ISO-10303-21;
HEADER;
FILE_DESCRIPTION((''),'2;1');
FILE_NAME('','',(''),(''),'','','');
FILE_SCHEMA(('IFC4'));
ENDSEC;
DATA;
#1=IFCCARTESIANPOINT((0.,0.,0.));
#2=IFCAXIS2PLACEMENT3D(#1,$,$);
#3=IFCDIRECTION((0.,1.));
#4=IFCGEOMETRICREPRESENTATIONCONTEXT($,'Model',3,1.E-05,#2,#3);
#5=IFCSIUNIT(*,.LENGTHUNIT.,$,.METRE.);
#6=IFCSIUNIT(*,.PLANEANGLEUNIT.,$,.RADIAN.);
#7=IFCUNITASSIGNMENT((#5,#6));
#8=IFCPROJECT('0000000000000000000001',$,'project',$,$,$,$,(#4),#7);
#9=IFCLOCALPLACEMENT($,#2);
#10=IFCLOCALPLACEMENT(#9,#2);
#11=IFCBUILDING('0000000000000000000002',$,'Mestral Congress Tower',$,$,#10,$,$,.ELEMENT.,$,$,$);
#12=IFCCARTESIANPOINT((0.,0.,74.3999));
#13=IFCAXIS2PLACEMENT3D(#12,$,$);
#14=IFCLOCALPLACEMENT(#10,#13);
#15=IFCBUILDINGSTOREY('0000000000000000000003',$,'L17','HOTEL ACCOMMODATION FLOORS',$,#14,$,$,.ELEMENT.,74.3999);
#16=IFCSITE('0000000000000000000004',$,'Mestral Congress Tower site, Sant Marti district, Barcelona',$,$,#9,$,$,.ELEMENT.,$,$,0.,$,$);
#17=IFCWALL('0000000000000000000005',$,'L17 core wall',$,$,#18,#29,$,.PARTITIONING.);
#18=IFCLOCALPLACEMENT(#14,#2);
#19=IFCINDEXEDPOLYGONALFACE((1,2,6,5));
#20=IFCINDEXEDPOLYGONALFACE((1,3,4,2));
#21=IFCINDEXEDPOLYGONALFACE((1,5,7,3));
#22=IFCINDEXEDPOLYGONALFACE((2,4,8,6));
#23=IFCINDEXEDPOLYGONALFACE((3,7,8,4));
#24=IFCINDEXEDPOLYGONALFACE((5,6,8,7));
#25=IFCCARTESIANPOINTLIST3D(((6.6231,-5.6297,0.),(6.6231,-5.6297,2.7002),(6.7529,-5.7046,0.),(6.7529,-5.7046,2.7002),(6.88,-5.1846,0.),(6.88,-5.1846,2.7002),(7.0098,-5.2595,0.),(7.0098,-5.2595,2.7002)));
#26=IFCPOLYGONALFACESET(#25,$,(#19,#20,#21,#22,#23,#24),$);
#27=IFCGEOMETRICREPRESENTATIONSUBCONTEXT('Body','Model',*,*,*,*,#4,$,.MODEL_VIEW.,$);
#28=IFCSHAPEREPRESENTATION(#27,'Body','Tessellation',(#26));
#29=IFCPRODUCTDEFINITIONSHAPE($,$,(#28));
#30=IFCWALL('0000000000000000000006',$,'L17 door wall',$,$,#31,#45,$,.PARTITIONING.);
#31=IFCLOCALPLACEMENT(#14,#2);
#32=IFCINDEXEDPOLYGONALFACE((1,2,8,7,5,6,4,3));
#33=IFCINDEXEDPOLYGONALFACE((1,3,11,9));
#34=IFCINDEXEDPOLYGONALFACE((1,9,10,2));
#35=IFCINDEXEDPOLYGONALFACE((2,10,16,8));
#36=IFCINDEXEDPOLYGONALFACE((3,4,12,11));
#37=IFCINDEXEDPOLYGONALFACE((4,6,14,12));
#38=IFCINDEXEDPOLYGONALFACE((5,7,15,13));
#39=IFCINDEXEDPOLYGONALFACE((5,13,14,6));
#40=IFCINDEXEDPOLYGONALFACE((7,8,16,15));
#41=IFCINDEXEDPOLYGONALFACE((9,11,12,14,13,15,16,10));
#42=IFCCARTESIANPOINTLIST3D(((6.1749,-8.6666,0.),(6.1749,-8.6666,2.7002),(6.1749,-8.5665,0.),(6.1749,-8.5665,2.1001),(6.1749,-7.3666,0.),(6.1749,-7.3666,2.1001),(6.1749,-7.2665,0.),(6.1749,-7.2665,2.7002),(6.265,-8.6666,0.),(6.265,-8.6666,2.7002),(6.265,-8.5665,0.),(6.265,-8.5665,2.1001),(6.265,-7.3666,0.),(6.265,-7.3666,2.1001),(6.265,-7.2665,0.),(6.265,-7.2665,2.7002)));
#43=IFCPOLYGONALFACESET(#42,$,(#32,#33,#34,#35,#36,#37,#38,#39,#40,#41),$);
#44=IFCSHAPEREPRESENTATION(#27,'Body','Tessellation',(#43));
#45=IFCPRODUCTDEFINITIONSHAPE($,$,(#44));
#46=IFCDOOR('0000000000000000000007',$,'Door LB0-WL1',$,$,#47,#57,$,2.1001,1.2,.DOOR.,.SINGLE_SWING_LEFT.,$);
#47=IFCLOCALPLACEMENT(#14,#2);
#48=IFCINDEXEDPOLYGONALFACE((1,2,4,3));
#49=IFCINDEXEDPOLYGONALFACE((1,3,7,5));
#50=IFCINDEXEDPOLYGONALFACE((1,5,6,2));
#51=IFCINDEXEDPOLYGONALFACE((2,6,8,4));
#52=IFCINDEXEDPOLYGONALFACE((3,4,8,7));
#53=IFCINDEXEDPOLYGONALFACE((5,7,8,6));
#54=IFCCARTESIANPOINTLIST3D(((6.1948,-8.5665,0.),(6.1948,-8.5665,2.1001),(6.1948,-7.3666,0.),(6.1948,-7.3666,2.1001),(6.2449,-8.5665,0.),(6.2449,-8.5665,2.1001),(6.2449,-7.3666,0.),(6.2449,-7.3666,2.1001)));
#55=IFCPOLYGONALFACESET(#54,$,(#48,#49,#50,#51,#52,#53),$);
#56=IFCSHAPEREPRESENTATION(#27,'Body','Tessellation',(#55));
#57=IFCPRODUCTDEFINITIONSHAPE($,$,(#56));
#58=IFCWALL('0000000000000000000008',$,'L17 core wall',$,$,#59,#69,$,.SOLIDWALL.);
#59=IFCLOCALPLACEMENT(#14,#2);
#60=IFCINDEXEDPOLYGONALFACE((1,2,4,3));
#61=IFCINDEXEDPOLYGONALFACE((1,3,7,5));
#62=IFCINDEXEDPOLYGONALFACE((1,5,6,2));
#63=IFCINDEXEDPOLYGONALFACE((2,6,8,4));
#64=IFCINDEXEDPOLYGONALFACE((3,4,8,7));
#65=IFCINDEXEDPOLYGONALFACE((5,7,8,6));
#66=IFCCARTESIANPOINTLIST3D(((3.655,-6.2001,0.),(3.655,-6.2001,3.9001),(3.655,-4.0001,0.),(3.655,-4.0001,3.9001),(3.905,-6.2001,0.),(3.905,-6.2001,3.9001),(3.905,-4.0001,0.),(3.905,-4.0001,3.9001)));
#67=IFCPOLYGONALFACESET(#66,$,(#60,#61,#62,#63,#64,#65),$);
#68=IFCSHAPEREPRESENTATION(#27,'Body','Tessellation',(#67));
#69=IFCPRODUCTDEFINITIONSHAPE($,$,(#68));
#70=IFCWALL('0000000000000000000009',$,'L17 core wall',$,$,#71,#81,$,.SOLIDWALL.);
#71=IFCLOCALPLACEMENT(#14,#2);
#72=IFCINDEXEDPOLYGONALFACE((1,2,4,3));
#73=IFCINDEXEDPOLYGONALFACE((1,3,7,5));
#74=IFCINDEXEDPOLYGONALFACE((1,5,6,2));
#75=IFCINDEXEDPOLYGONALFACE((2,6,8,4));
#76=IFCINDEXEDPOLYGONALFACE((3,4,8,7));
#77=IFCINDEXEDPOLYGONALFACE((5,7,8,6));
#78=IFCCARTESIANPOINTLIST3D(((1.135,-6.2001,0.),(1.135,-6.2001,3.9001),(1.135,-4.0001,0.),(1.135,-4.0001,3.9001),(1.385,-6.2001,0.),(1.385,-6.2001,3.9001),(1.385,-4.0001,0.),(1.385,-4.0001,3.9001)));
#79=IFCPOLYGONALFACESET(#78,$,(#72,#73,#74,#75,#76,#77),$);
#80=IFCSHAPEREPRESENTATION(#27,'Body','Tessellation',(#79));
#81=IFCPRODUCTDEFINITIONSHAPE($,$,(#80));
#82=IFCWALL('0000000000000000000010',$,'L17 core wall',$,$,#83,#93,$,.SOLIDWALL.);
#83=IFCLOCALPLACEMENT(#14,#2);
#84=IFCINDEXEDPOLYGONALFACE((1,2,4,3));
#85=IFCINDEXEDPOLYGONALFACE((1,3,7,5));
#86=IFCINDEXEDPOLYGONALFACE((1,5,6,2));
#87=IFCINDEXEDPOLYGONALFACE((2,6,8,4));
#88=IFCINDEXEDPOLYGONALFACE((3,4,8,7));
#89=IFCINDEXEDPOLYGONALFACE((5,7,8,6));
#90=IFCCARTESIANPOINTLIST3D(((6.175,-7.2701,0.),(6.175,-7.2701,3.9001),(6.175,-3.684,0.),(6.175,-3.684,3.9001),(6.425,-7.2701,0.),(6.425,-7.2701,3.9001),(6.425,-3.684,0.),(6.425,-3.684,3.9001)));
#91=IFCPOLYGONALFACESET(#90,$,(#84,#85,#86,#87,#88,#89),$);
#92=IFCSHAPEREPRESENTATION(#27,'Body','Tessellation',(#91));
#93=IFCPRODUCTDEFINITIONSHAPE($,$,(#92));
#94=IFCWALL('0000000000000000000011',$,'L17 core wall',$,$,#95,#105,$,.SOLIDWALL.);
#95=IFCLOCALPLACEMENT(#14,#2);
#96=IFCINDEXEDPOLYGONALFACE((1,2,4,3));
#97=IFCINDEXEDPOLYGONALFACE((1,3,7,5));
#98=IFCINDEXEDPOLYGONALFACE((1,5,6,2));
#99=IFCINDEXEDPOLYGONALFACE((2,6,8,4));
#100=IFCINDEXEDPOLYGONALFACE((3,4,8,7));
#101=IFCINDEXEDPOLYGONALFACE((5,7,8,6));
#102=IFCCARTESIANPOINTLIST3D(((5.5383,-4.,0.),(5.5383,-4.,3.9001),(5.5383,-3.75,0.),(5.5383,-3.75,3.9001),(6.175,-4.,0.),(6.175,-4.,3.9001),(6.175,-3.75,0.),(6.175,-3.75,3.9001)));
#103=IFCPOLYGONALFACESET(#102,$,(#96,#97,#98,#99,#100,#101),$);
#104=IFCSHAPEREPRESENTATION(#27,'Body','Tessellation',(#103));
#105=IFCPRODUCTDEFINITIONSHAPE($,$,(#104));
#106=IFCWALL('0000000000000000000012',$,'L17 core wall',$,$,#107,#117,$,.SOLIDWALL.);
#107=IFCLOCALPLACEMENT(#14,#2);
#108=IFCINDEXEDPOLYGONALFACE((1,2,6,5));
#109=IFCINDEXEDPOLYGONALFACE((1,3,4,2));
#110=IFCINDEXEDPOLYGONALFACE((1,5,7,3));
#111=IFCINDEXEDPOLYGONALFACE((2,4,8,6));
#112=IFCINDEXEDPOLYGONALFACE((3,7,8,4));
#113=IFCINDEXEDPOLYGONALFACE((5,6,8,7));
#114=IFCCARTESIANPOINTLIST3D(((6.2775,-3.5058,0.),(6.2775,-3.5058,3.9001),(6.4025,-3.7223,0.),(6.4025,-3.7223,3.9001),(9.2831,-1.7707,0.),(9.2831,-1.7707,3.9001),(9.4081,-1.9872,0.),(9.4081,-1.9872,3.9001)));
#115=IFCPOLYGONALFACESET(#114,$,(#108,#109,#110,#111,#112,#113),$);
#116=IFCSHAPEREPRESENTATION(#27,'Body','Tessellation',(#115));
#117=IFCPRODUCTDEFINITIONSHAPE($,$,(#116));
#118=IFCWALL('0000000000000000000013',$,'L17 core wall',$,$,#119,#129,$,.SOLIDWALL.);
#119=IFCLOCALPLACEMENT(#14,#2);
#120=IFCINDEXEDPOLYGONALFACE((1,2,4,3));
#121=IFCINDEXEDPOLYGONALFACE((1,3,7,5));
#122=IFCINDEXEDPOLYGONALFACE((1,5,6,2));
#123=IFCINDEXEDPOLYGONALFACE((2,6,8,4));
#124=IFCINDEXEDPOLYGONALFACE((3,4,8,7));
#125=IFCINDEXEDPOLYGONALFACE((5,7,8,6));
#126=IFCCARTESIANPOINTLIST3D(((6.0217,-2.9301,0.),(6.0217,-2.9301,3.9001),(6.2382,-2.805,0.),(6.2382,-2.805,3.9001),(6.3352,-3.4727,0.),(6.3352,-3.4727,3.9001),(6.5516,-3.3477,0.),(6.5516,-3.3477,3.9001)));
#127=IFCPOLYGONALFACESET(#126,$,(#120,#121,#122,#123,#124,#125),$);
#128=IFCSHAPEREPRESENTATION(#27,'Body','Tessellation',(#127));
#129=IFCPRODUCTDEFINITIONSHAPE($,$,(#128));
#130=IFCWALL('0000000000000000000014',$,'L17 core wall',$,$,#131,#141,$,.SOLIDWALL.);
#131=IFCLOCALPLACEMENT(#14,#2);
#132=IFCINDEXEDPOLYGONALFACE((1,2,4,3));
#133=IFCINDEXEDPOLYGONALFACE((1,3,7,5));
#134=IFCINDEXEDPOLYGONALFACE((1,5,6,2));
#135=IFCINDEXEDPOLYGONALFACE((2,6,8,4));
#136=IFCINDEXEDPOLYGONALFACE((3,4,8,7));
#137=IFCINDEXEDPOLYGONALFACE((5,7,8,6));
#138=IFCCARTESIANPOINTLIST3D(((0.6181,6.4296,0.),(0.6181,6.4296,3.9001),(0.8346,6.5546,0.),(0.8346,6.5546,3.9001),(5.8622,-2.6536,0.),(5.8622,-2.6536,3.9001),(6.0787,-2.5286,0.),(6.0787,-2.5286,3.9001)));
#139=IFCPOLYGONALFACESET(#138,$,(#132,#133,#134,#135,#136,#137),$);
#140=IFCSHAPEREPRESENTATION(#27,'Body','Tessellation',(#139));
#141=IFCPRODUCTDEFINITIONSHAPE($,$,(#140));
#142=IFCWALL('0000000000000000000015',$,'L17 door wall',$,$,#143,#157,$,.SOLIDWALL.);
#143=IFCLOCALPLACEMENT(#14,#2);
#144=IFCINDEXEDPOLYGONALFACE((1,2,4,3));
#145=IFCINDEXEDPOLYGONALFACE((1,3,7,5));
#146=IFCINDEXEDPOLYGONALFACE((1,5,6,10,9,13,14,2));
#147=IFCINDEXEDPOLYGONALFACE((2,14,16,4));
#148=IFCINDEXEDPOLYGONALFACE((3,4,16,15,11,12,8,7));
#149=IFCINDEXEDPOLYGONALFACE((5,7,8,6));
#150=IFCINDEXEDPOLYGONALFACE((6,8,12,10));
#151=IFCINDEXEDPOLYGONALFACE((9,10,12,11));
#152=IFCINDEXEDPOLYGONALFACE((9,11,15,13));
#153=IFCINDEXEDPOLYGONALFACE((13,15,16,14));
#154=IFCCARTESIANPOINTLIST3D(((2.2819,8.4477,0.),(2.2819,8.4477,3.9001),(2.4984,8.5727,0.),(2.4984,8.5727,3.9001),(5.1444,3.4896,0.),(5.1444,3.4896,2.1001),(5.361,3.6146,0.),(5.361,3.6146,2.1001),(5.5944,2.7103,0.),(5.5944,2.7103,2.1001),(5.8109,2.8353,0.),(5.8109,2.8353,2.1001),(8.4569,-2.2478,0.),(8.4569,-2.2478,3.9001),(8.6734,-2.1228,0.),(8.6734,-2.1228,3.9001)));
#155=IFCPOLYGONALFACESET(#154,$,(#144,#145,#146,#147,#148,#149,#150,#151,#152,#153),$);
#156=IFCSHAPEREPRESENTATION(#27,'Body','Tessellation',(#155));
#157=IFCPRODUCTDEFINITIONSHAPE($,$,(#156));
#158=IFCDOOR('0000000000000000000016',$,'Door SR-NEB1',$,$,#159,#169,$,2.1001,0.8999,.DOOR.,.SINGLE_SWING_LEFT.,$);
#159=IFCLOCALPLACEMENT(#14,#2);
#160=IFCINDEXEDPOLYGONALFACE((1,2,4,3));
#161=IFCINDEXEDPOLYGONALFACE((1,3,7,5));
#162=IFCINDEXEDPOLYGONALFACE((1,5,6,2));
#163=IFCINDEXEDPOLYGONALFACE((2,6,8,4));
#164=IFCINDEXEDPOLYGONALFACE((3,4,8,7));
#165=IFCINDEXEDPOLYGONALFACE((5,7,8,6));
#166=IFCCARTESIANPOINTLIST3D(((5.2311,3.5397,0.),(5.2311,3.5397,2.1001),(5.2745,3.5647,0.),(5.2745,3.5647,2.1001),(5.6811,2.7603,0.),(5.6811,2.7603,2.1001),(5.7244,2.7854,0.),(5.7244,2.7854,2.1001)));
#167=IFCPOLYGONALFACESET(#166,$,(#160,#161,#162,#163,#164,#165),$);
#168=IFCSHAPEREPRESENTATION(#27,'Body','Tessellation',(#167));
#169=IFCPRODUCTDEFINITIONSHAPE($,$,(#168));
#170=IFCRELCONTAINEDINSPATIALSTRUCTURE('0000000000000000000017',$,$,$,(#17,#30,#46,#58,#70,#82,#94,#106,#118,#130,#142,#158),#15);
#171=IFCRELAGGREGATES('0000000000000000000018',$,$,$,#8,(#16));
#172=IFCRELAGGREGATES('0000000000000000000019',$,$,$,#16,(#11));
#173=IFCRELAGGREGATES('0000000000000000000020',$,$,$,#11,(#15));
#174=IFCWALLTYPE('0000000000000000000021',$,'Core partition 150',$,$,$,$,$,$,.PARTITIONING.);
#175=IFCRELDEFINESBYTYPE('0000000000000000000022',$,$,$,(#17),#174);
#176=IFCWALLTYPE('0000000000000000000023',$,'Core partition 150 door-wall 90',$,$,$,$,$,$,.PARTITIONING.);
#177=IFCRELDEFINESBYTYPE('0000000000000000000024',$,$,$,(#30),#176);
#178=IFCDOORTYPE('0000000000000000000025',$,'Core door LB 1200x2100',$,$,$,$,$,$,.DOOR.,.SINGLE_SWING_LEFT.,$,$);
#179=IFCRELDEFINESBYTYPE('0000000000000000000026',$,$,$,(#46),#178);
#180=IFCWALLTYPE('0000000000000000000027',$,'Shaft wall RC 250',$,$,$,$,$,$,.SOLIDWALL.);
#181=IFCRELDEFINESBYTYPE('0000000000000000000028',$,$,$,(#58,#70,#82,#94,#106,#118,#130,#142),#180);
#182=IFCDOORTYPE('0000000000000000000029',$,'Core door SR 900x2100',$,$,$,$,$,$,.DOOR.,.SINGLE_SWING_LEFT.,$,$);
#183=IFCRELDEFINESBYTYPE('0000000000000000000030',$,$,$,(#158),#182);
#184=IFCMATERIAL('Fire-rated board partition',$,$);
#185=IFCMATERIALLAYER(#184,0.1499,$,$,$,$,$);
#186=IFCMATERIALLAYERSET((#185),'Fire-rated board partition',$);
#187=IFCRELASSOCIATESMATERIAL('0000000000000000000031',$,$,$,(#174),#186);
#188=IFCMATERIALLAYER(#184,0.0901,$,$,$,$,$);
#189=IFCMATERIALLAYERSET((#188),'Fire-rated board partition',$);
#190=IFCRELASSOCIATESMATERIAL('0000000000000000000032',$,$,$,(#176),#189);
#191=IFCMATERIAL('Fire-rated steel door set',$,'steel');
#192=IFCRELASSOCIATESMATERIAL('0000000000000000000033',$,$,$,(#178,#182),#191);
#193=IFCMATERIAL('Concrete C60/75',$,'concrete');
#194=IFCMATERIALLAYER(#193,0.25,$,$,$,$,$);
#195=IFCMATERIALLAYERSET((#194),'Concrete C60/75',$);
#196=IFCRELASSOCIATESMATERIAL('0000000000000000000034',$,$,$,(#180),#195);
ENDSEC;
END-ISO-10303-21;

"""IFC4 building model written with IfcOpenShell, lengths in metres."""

from ifc_helpers import new_model, si_unit, direction, frame, frame_2d, origin, place, context, subcontext, project, spatial, rectangle, extrude, material, layer, layer_set, type_object, element, fill, save


model = new_model("IFC4")

# Units and contexts
model_context = context("Model", 3, precision=1e-05, world=origin(), true_north=direction((0.0, 1.0)))
body_context = subcontext(model_context, "Body", "Model", "MODEL_VIEW")
ifc_project = project(units=[si_unit("LENGTHUNIT", "METRE"), si_unit("PLANEANGLEUNIT", "RADIAN")], contexts=[model_context])

# Site, building, storey
site_placement = place(None, origin())
site = spatial("IfcSite", under=ifc_project, at=site_placement, Name="Mestral Congress Tower site, Sant Marti district, Barcelona", CompositionType="ELEMENT", RefElevation=0.0)
building_placement = place(site_placement, origin())
building = spatial("IfcBuilding", under=site, at=building_placement, Name="Mestral Congress Tower", CompositionType="ELEMENT")
storey_placement = place(building_placement, frame((0.0, 0.0, 74.3999)))
storey = spatial("IfcBuildingStorey", under=building, at=storey_placement, Name="L17", Description="HOTEL ACCOMMODATION FLOORS", CompositionType="ELEMENT", Elevation=74.3999)

# Wall
ifc_material_1 = material(Name="Fire-rated board partition")
ifc_layer_1 = layer(ifc_material_1, 0.1499)
ifc_layer_set_1 = layer_set([ifc_layer_1], Name="Fire-rated board partition")
wall_type_1 = type_object("IfcWallType", Name="Core partition 150", PredefinedType="PARTITIONING", material=ifc_layer_set_1)
wall_1_placement = place(storey_placement, frame((6.9448, -5.2222, 0.0), z_axis=(0.0, 0.0, 1.0), x_axis=(-0.499818, -0.86613, 0.0)))
element("IfcWall", 1, at=wall_1_placement, inside=storey, type_object=wall_type_1, Name="L17 core wall", PredefinedType="PARTITIONING", context=body_context, shape_type="SweptSolid", body=[
    extrude(rectangle(XDim=0.5139, YDim=0.1499, at=frame_2d((0.2568, 0.0))), origin(), (0.0, 0.0, 1.0), 2.7002),
])

# Wall, opening, door
ifc_layer_2 = layer(ifc_material_1, 0.0901)
ifc_layer_set_2 = layer_set([ifc_layer_2], Name="Fire-rated board partition")
wall_type_2 = type_object("IfcWallType", Name="Core partition 150 door-wall 90", PredefinedType="PARTITIONING", material=ifc_layer_set_2)
wall_2_placement = place(storey_placement, frame((6.22, -7.2664, 0.0), z_axis=(0.0, 0.0, 1.0), x_axis=(0.0, -1.0, 0.0)))
wall_2 = element("IfcWall", 2, at=wall_2_placement, inside=storey, type_object=wall_type_2, Name="L17 door wall", PredefinedType="PARTITIONING", context=body_context, shape_type="SweptSolid", body=[
    extrude(rectangle(XDim=1.4001, YDim=0.0901, at=frame_2d((0.7002, 0.0))), origin(), (0.0, 0.0, 1.0), 2.7002),
])
opening_1_placement = place(wall_2_placement, frame((0.1001, 0.0, 0.0)))
opening_1 = element("IfcOpeningElement", 3, at=opening_1_placement, cuts=wall_2, PredefinedType="OPENING", context=body_context, shape_type="SweptSolid", body=[
    extrude(rectangle(XDim=1.2, YDim=2.1001, at=frame_2d((0.6001, 1.05))), frame((0.0, 0.0549, 0.0), z_axis=(0.0, -1.0, 0.0), x_axis=(1.0, 0.0, 0.0)), (0.0, 0.0, 1.0), 0.1101),
])
ifc_material_2 = material(Name="Fire-rated steel door set", Category="steel")
door_type_1 = type_object("IfcDoorType", Name="Core door LB 1200x2100", OperationType="SINGLE_SWING_LEFT", PredefinedType="DOOR", material=ifc_material_2)
door_1_placement = place(opening_1_placement, origin())
door_1 = element("IfcDoor", 4, at=door_1_placement, inside=storey, type_object=door_type_1, Name="Door LB0-WL1", OperationType="SINGLE_SWING_LEFT", OverallHeight=2.1001, OverallWidth=1.2, PredefinedType="DOOR", context=body_context, shape_type="SweptSolid", body=[
    extrude(rectangle(XDim=1.2, YDim=2.1001, at=frame_2d((0.6001, 1.05))), frame((0.0, 0.0249, 0.0), z_axis=(0.0, -1.0, 0.0), x_axis=(1.0, 0.0, 0.0)), (0.0, 0.0, 1.0), 0.05),
])
fill(opening_1, door_1)

# Walls
ifc_material_3 = material(Name="Concrete C60/75", Category="concrete")
ifc_layer_3 = layer(ifc_material_3, 0.25)
ifc_layer_set_3 = layer_set([ifc_layer_3], Name="Concrete C60/75")
wall_type_3 = type_object("IfcWallType", Name="Shaft wall RC 250", PredefinedType="SOLIDWALL", material=ifc_layer_set_3)
for number, where, z_axis, x_axis, name in (
    (5, (3.78, -4.0, 0.0), (0.0, 0.0, 1.0), (0.0, -1.0, 0.0), "L17 core wall"),
    (6, (1.26, -4.0, 0.0), (0.0, 0.0, 1.0), (0.0, -1.0, 0.0), "L17 core wall"),
):
    element("IfcWall", number, at=place(storey_placement, frame(where, z_axis=z_axis, x_axis=x_axis)), inside=storey, type_object=wall_type_3, Name=name, PredefinedType="SOLIDWALL", context=body_context, shape_type="SweptSolid", body=[
        extrude(rectangle(XDim=2.2, YDim=0.25, at=frame_2d((1.1001, 0.0))), origin(), (0.0, 0.0, 1.0), 3.9001),
    ])
wall_3_placement = place(storey_placement, frame((6.3, -7.27, 0.0), z_axis=(0.0, 0.0, 1.0), x_axis=(0.0, 1.0, 0.0)))
element("IfcWall", 7, at=wall_3_placement, inside=storey, type_object=wall_type_3, Name="L17 core wall", PredefinedType="SOLIDWALL", context=body_context, shape_type="SweptSolid", body=[
    extrude(rectangle(XDim=3.5862, YDim=0.25, at=frame_2d((1.793, 0.0))), origin(), (0.0, 0.0, 1.0), 3.9001),
])
wall_4_placement = place(storey_placement, frame((5.5383, -3.875, 0.0), z_axis=(0.0, 0.0, 1.0), x_axis=(1.0, 0.0, 0.0)))
element("IfcWall", 8, at=wall_4_placement, inside=storey, type_object=wall_type_3, Name="L17 core wall", PredefinedType="SOLIDWALL", context=body_context, shape_type="SweptSolid", body=[
    extrude(rectangle(XDim=0.6367, YDim=0.25, at=frame_2d((0.3184, 0.0))), origin(), (0.0, 0.0, 1.0), 3.9001),
])
wall_5_placement = place(storey_placement, frame((9.3457, -1.8789, 0.0), z_axis=(0.0, 0.0, 1.0), x_axis=(-0.866049, -0.49996, 0.0)))
element("IfcWall", 9, at=wall_5_placement, inside=storey, type_object=wall_type_3, Name="L17 core wall", PredefinedType="SOLIDWALL", context=body_context, shape_type="SweptSolid", body=[
    extrude(rectangle(XDim=3.4705, YDim=0.25, at=frame_2d((1.7354, 0.0))), origin(), (0.0, 0.0, 1.0), 3.9001),
])
wall_6_placement = place(storey_placement, frame((6.1299, -2.8674, 0.0), z_axis=(0.0, 0.0, 1.0), x_axis=(0.500161, -0.865933, 0.0)))
element("IfcWall", 10, at=wall_6_placement, inside=storey, type_object=wall_type_3, Name="L17 core wall", PredefinedType="SOLIDWALL", context=body_context, shape_type="SweptSolid", body=[
    extrude(rectangle(XDim=0.6267, YDim=0.25, at=frame_2d((0.3135, 0.0))), origin(), (0.0, 0.0, 1.0), 3.9001),
])
wall_7_placement = place(storey_placement, frame((5.9705, -2.5911, 0.0), z_axis=(0.0, 0.0, 1.0), x_axis=(-0.499994, 0.866029, 0.0)))
element("IfcWall", 11, at=wall_7_placement, inside=storey, type_object=wall_type_3, Name="L17 core wall", PredefinedType="SOLIDWALL", context=body_context, shape_type="SweptSolid", body=[
    extrude(rectangle(XDim=10.4883, YDim=0.25, at=frame_2d((5.2441, 0.0))), origin(), (0.0, 0.0, 1.0), 3.9001),
])

# Wall, opening, door
wall_8_placement = place(storey_placement, frame((8.5652, -2.1853, 0.0), z_axis=(0.0, 0.0, 1.0), x_axis=(-0.499998, 0.866027, 0.0)))
wall_8 = element("IfcWall", 12, at=wall_8_placement, inside=storey, type_object=wall_type_3, Name="L17 door wall", PredefinedType="SOLIDWALL", context=body_context, shape_type="SweptSolid", body=[
    extrude(rectangle(XDim=12.3501, YDim=0.25, at=frame_2d((6.175, 0.0))), origin(), (0.0, 0.0, 1.0), 3.9001),
])
opening_2_placement = place(wall_8_placement, frame((5.7251, 0.0, 0.0)))
opening_2 = element("IfcOpeningElement", 13, at=opening_2_placement, cuts=wall_8, PredefinedType="OPENING", context=body_context, shape_type="SweptSolid", body=[
    extrude(rectangle(XDim=0.8999, YDim=2.1001, at=frame_2d((0.45, 1.05))), frame((0.0, 0.135, 0.0), z_axis=(0.0, -1.0, 0.0), x_axis=(1.0, 0.0, 0.0)), (0.0, 0.0, 1.0), 0.27),
])
door_type_2 = type_object("IfcDoorType", Name="Core door SR 900x2100", OperationType="SINGLE_SWING_LEFT", PredefinedType="DOOR", material=ifc_material_2)
door_2_placement = place(opening_2_placement, origin())
door_2 = element("IfcDoor", 14, at=door_2_placement, inside=storey, type_object=door_type_2, Name="Door SR-NEB1", OperationType="SINGLE_SWING_LEFT", OverallHeight=2.1001, OverallWidth=0.8999, PredefinedType="DOOR", context=body_context, shape_type="SweptSolid", body=[
    extrude(rectangle(XDim=0.8999, YDim=2.1001, at=frame_2d((0.45, 1.05))), frame((0.0, 0.0249, 0.0), z_axis=(0.0, -1.0, 0.0), x_axis=(1.0, 0.0, 0.0)), (0.0, 0.0, 1.0), 0.05),
])
fill(opening_2, door_2)

save(model, "model.ifc")
